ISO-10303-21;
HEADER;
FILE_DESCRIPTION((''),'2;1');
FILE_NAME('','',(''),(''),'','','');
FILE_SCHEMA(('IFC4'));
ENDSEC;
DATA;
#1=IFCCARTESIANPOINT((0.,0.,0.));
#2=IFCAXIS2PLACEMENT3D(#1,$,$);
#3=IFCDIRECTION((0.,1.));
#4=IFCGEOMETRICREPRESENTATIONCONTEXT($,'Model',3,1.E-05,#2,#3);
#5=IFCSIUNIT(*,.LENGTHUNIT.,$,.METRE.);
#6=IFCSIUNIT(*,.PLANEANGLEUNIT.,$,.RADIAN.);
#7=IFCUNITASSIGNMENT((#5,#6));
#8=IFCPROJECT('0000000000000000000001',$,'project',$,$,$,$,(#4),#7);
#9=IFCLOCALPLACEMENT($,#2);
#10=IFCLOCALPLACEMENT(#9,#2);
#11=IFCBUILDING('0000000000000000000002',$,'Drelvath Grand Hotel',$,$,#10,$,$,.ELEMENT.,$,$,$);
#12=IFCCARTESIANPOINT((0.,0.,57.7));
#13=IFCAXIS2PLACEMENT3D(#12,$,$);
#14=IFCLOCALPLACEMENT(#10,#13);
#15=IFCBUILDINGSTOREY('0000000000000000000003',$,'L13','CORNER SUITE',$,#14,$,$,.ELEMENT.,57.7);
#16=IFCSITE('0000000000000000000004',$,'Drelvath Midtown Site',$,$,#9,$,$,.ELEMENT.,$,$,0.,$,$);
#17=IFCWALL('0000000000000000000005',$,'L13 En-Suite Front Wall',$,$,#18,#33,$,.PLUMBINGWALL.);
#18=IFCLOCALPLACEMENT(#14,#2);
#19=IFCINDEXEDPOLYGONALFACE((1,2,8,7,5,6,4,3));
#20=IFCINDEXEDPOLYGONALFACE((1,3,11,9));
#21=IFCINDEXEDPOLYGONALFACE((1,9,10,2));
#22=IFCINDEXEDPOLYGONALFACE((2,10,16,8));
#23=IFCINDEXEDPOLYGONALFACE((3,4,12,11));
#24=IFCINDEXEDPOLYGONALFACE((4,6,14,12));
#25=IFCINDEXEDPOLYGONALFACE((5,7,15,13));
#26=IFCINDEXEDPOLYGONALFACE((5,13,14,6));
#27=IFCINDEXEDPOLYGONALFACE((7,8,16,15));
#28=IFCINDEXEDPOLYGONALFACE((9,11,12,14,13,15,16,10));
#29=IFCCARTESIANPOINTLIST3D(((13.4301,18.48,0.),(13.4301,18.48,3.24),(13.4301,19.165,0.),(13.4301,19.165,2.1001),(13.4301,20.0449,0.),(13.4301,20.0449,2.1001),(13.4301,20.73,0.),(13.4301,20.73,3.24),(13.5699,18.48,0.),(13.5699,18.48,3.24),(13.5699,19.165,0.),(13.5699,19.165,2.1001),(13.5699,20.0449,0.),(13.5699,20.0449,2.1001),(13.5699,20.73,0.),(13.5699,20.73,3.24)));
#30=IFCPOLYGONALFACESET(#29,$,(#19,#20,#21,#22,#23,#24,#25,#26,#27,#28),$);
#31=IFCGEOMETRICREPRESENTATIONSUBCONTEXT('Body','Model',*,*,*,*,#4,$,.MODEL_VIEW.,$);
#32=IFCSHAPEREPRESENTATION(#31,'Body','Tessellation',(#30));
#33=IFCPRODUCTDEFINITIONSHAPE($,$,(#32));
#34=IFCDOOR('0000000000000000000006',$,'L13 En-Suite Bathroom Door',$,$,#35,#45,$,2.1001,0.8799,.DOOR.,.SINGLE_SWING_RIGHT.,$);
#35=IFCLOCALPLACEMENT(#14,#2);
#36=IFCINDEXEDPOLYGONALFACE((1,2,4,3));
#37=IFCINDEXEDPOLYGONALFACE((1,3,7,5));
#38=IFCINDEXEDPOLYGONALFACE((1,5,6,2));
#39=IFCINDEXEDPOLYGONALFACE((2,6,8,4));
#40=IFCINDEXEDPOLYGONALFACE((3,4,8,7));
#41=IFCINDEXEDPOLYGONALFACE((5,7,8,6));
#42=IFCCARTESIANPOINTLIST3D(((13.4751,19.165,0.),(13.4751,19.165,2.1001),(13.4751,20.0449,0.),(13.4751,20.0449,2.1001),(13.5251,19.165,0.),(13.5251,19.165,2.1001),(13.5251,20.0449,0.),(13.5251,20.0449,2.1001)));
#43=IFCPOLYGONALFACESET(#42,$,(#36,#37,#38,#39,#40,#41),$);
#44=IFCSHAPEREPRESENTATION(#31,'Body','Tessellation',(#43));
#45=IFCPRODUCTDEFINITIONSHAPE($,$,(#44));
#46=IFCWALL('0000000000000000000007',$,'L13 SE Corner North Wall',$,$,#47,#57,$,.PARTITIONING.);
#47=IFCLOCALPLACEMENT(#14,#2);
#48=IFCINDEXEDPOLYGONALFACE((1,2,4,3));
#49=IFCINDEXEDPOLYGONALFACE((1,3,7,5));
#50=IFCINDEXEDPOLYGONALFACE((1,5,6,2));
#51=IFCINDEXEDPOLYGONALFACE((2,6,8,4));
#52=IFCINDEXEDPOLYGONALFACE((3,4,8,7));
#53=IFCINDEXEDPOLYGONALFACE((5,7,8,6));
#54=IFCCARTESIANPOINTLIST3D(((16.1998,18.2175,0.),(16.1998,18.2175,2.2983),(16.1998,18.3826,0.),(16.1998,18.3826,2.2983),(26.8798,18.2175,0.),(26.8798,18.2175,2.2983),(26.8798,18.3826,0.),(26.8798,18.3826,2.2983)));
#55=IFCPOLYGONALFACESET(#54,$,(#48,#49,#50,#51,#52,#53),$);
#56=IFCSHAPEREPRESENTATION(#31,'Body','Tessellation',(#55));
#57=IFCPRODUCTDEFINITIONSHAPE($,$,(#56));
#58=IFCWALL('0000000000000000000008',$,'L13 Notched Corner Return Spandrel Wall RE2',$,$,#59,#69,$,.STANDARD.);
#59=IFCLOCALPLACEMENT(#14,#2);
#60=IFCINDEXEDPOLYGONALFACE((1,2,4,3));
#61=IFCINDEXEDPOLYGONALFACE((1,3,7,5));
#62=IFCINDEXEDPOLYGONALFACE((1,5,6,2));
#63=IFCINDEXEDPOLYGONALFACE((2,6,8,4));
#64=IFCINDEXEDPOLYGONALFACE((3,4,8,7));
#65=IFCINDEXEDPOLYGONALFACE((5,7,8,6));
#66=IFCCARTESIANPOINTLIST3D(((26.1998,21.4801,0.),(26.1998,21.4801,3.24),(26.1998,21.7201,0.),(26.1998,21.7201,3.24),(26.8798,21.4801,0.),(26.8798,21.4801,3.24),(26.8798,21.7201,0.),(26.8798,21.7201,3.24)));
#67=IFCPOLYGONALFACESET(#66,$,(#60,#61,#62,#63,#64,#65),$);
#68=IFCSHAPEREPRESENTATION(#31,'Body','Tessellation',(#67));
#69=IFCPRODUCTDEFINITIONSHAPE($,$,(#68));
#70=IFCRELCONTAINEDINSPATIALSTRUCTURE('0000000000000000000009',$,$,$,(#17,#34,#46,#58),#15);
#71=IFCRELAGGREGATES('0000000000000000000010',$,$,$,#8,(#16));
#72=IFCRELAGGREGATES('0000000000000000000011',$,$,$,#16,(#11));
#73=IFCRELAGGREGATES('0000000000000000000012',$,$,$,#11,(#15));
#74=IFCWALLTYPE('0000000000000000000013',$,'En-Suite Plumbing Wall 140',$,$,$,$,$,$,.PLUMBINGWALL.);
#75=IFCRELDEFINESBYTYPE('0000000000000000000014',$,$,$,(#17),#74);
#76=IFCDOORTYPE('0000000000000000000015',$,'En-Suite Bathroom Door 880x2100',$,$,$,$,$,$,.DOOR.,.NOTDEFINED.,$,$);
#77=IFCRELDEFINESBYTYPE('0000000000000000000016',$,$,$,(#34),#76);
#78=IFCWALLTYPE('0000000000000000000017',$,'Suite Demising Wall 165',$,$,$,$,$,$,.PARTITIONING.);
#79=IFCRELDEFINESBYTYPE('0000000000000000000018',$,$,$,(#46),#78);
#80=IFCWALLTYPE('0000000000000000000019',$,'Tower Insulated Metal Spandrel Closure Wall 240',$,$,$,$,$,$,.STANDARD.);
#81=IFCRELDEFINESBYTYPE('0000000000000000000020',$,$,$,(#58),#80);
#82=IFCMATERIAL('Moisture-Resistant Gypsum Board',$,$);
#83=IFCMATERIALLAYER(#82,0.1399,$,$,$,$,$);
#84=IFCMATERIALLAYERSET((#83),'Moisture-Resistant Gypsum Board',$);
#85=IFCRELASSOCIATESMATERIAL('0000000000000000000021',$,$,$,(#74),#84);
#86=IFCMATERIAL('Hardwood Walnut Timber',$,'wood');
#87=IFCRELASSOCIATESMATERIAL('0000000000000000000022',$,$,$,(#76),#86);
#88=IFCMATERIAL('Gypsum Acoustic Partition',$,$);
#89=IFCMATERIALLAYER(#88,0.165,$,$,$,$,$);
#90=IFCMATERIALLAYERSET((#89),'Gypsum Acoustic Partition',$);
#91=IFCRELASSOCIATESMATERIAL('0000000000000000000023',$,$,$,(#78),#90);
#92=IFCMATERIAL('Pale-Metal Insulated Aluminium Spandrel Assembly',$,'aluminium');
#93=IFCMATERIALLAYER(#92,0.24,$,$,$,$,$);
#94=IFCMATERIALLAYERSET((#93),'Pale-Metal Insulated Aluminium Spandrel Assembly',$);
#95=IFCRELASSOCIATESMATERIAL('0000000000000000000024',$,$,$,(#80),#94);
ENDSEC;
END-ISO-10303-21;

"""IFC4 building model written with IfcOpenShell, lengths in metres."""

from ifc_helpers import new_model, si_unit, direction, frame, frame_2d, origin, place, context, subcontext, project, spatial, rectangle, extrude, material, layer, layer_set, type_object, element, fill, save


model = new_model("IFC4")

# Units and contexts
model_context = context("Model", 3, precision=1e-05, world=origin(), true_north=direction((0.0, 1.0)))
body_context = subcontext(model_context, "Body", "Model", "MODEL_VIEW")
ifc_project = project(units=[si_unit("LENGTHUNIT", "METRE"), si_unit("PLANEANGLEUNIT", "RADIAN")], contexts=[model_context])

# Site, building, storey
site_placement = place(None, origin())
site = spatial("IfcSite", under=ifc_project, at=site_placement, Name="Drelvath Midtown Site", CompositionType="ELEMENT", RefElevation=0.0)
building_placement = place(site_placement, origin())
building = spatial("IfcBuilding", under=site, at=building_placement, Name="Drelvath Grand Hotel", CompositionType="ELEMENT")
storey_placement = place(building_placement, frame((0.0, 0.0, 57.7)))
storey = spatial("IfcBuildingStorey", under=building, at=storey_placement, Name="L13", Description="CORNER SUITE", CompositionType="ELEMENT", Elevation=57.7)

# Shared definitions
ifc_material_1 = material(Name="Hardwood Walnut Timber", Category="wood")

# Shared definitions
ifc_material_2 = material(Name="Moisture-Resistant Gypsum Board")
ifc_layer_1 = layer(ifc_material_2, 0.1399)
ifc_layer_set_1 = layer_set([ifc_layer_1], Name="Moisture-Resistant Gypsum Board")
wall_type_1 = type_object("IfcWallType", Name="En-Suite Plumbing Wall 140", PredefinedType="PLUMBINGWALL", material=ifc_layer_set_1)

# Shared definitions
door_type_1 = type_object("IfcDoorType", Name="En-Suite Bathroom Door 880x2100", OperationType="NOTDEFINED", PredefinedType="DOOR", material=ifc_material_1)

# Wall, opening, door
wall_1_placement = place(storey_placement, frame((13.5, 18.48, 0.0), z_axis=(0.0, 0.0, 1.0), x_axis=(0.0, 1.0, 0.0)))
wall_1 = element("IfcWall", 1, at=wall_1_placement, inside=storey, type_object=wall_type_1, Name="L13 En-Suite Front Wall", PredefinedType="PLUMBINGWALL", context=body_context, shape_type="SweptSolid", body=[
    extrude(rectangle(XDim=2.25, YDim=0.1399, at=frame_2d((1.125, 0.0))), origin(), (0.0, 0.0, 1.0), 3.24),
])
opening_1_placement = place(wall_1_placement, frame((0.6851, 0.0, 0.0)))
opening_1 = element("IfcOpeningElement", 2, at=opening_1_placement, cuts=wall_1, PredefinedType="OPENING", context=body_context, shape_type="SweptSolid", body=[
    extrude(rectangle(XDim=0.8799, YDim=2.1001, at=frame_2d((0.4399, 1.05))), frame((0.0, 0.0798, 0.0), z_axis=(0.0, -1.0, 0.0), x_axis=(1.0, 0.0, 0.0)), (0.0, 0.0, 1.0), 0.1599),
])
door_1_placement = place(opening_1_placement, origin())
door_1 = element("IfcDoor", 3, at=door_1_placement, inside=storey, type_object=door_type_1, Name="L13 En-Suite Bathroom Door", OperationType="SINGLE_SWING_RIGHT", OverallHeight=2.1001, OverallWidth=0.8799, PredefinedType="DOOR", context=body_context, shape_type="SweptSolid", body=[
    extrude(rectangle(XDim=0.8799, YDim=2.1001, at=frame_2d((0.4399, 1.05))), frame((0.0, 0.0249, 0.0), z_axis=(0.0, -1.0, 0.0), x_axis=(1.0, 0.0, 0.0)), (0.0, 0.0, 1.0), 0.05),
])
fill(opening_1, door_1)

# Walls
ifc_material_3 = material(Name="Gypsum Acoustic Partition")
ifc_layer_2 = layer(ifc_material_3, 0.165)
ifc_layer_set_2 = layer_set([ifc_layer_2], Name="Gypsum Acoustic Partition")
wall_type_2 = type_object("IfcWallType", Name="Suite Demising Wall 165", PredefinedType="PARTITIONING", material=ifc_layer_set_2)
wall_2_placement = place(storey_placement, frame((16.2, 18.3, 0.0), z_axis=(0.0, 0.0, 1.0), x_axis=(1.0, 0.0, 0.0)))
element("IfcWall", 4, at=wall_2_placement, inside=storey, type_object=wall_type_2, Name="L13 SE Corner North Wall", PredefinedType="PARTITIONING", context=body_context, shape_type="SweptSolid", body=[
    extrude(rectangle(XDim=10.6799, YDim=0.165, at=frame_2d((5.3398, 0.0))), origin(), (0.0, 0.0, 1.0), 2.2983),
])
ifc_material_4 = material(Name="Pale-Metal Insulated Aluminium Spandrel Assembly", Category="aluminium")
ifc_layer_3 = layer(ifc_material_4, 0.24)
ifc_layer_set_3 = layer_set([ifc_layer_3], Name="Pale-Metal Insulated Aluminium Spandrel Assembly")
wall_type_3 = type_object("IfcWallType", Name="Tower Insulated Metal Spandrel Closure Wall 240", PredefinedType="STANDARD", material=ifc_layer_set_3)
wall_3_placement = place(storey_placement, frame((26.2, 21.6001, 0.0), z_axis=(0.0, 0.0, 1.0), x_axis=(1.0, 0.0, 0.0)))
element("IfcWall", 5, at=wall_3_placement, inside=storey, type_object=wall_type_3, Name="L13 Notched Corner Return Spandrel Wall RE2", PredefinedType="STANDARD", context=body_context, shape_type="SweptSolid", body=[
    extrude(rectangle(XDim=0.6799, YDim=0.24, at=frame_2d((0.3398, 0.0))), origin(), (0.0, 0.0, 1.0), 3.24),
])

save(model, "model.ifc")
